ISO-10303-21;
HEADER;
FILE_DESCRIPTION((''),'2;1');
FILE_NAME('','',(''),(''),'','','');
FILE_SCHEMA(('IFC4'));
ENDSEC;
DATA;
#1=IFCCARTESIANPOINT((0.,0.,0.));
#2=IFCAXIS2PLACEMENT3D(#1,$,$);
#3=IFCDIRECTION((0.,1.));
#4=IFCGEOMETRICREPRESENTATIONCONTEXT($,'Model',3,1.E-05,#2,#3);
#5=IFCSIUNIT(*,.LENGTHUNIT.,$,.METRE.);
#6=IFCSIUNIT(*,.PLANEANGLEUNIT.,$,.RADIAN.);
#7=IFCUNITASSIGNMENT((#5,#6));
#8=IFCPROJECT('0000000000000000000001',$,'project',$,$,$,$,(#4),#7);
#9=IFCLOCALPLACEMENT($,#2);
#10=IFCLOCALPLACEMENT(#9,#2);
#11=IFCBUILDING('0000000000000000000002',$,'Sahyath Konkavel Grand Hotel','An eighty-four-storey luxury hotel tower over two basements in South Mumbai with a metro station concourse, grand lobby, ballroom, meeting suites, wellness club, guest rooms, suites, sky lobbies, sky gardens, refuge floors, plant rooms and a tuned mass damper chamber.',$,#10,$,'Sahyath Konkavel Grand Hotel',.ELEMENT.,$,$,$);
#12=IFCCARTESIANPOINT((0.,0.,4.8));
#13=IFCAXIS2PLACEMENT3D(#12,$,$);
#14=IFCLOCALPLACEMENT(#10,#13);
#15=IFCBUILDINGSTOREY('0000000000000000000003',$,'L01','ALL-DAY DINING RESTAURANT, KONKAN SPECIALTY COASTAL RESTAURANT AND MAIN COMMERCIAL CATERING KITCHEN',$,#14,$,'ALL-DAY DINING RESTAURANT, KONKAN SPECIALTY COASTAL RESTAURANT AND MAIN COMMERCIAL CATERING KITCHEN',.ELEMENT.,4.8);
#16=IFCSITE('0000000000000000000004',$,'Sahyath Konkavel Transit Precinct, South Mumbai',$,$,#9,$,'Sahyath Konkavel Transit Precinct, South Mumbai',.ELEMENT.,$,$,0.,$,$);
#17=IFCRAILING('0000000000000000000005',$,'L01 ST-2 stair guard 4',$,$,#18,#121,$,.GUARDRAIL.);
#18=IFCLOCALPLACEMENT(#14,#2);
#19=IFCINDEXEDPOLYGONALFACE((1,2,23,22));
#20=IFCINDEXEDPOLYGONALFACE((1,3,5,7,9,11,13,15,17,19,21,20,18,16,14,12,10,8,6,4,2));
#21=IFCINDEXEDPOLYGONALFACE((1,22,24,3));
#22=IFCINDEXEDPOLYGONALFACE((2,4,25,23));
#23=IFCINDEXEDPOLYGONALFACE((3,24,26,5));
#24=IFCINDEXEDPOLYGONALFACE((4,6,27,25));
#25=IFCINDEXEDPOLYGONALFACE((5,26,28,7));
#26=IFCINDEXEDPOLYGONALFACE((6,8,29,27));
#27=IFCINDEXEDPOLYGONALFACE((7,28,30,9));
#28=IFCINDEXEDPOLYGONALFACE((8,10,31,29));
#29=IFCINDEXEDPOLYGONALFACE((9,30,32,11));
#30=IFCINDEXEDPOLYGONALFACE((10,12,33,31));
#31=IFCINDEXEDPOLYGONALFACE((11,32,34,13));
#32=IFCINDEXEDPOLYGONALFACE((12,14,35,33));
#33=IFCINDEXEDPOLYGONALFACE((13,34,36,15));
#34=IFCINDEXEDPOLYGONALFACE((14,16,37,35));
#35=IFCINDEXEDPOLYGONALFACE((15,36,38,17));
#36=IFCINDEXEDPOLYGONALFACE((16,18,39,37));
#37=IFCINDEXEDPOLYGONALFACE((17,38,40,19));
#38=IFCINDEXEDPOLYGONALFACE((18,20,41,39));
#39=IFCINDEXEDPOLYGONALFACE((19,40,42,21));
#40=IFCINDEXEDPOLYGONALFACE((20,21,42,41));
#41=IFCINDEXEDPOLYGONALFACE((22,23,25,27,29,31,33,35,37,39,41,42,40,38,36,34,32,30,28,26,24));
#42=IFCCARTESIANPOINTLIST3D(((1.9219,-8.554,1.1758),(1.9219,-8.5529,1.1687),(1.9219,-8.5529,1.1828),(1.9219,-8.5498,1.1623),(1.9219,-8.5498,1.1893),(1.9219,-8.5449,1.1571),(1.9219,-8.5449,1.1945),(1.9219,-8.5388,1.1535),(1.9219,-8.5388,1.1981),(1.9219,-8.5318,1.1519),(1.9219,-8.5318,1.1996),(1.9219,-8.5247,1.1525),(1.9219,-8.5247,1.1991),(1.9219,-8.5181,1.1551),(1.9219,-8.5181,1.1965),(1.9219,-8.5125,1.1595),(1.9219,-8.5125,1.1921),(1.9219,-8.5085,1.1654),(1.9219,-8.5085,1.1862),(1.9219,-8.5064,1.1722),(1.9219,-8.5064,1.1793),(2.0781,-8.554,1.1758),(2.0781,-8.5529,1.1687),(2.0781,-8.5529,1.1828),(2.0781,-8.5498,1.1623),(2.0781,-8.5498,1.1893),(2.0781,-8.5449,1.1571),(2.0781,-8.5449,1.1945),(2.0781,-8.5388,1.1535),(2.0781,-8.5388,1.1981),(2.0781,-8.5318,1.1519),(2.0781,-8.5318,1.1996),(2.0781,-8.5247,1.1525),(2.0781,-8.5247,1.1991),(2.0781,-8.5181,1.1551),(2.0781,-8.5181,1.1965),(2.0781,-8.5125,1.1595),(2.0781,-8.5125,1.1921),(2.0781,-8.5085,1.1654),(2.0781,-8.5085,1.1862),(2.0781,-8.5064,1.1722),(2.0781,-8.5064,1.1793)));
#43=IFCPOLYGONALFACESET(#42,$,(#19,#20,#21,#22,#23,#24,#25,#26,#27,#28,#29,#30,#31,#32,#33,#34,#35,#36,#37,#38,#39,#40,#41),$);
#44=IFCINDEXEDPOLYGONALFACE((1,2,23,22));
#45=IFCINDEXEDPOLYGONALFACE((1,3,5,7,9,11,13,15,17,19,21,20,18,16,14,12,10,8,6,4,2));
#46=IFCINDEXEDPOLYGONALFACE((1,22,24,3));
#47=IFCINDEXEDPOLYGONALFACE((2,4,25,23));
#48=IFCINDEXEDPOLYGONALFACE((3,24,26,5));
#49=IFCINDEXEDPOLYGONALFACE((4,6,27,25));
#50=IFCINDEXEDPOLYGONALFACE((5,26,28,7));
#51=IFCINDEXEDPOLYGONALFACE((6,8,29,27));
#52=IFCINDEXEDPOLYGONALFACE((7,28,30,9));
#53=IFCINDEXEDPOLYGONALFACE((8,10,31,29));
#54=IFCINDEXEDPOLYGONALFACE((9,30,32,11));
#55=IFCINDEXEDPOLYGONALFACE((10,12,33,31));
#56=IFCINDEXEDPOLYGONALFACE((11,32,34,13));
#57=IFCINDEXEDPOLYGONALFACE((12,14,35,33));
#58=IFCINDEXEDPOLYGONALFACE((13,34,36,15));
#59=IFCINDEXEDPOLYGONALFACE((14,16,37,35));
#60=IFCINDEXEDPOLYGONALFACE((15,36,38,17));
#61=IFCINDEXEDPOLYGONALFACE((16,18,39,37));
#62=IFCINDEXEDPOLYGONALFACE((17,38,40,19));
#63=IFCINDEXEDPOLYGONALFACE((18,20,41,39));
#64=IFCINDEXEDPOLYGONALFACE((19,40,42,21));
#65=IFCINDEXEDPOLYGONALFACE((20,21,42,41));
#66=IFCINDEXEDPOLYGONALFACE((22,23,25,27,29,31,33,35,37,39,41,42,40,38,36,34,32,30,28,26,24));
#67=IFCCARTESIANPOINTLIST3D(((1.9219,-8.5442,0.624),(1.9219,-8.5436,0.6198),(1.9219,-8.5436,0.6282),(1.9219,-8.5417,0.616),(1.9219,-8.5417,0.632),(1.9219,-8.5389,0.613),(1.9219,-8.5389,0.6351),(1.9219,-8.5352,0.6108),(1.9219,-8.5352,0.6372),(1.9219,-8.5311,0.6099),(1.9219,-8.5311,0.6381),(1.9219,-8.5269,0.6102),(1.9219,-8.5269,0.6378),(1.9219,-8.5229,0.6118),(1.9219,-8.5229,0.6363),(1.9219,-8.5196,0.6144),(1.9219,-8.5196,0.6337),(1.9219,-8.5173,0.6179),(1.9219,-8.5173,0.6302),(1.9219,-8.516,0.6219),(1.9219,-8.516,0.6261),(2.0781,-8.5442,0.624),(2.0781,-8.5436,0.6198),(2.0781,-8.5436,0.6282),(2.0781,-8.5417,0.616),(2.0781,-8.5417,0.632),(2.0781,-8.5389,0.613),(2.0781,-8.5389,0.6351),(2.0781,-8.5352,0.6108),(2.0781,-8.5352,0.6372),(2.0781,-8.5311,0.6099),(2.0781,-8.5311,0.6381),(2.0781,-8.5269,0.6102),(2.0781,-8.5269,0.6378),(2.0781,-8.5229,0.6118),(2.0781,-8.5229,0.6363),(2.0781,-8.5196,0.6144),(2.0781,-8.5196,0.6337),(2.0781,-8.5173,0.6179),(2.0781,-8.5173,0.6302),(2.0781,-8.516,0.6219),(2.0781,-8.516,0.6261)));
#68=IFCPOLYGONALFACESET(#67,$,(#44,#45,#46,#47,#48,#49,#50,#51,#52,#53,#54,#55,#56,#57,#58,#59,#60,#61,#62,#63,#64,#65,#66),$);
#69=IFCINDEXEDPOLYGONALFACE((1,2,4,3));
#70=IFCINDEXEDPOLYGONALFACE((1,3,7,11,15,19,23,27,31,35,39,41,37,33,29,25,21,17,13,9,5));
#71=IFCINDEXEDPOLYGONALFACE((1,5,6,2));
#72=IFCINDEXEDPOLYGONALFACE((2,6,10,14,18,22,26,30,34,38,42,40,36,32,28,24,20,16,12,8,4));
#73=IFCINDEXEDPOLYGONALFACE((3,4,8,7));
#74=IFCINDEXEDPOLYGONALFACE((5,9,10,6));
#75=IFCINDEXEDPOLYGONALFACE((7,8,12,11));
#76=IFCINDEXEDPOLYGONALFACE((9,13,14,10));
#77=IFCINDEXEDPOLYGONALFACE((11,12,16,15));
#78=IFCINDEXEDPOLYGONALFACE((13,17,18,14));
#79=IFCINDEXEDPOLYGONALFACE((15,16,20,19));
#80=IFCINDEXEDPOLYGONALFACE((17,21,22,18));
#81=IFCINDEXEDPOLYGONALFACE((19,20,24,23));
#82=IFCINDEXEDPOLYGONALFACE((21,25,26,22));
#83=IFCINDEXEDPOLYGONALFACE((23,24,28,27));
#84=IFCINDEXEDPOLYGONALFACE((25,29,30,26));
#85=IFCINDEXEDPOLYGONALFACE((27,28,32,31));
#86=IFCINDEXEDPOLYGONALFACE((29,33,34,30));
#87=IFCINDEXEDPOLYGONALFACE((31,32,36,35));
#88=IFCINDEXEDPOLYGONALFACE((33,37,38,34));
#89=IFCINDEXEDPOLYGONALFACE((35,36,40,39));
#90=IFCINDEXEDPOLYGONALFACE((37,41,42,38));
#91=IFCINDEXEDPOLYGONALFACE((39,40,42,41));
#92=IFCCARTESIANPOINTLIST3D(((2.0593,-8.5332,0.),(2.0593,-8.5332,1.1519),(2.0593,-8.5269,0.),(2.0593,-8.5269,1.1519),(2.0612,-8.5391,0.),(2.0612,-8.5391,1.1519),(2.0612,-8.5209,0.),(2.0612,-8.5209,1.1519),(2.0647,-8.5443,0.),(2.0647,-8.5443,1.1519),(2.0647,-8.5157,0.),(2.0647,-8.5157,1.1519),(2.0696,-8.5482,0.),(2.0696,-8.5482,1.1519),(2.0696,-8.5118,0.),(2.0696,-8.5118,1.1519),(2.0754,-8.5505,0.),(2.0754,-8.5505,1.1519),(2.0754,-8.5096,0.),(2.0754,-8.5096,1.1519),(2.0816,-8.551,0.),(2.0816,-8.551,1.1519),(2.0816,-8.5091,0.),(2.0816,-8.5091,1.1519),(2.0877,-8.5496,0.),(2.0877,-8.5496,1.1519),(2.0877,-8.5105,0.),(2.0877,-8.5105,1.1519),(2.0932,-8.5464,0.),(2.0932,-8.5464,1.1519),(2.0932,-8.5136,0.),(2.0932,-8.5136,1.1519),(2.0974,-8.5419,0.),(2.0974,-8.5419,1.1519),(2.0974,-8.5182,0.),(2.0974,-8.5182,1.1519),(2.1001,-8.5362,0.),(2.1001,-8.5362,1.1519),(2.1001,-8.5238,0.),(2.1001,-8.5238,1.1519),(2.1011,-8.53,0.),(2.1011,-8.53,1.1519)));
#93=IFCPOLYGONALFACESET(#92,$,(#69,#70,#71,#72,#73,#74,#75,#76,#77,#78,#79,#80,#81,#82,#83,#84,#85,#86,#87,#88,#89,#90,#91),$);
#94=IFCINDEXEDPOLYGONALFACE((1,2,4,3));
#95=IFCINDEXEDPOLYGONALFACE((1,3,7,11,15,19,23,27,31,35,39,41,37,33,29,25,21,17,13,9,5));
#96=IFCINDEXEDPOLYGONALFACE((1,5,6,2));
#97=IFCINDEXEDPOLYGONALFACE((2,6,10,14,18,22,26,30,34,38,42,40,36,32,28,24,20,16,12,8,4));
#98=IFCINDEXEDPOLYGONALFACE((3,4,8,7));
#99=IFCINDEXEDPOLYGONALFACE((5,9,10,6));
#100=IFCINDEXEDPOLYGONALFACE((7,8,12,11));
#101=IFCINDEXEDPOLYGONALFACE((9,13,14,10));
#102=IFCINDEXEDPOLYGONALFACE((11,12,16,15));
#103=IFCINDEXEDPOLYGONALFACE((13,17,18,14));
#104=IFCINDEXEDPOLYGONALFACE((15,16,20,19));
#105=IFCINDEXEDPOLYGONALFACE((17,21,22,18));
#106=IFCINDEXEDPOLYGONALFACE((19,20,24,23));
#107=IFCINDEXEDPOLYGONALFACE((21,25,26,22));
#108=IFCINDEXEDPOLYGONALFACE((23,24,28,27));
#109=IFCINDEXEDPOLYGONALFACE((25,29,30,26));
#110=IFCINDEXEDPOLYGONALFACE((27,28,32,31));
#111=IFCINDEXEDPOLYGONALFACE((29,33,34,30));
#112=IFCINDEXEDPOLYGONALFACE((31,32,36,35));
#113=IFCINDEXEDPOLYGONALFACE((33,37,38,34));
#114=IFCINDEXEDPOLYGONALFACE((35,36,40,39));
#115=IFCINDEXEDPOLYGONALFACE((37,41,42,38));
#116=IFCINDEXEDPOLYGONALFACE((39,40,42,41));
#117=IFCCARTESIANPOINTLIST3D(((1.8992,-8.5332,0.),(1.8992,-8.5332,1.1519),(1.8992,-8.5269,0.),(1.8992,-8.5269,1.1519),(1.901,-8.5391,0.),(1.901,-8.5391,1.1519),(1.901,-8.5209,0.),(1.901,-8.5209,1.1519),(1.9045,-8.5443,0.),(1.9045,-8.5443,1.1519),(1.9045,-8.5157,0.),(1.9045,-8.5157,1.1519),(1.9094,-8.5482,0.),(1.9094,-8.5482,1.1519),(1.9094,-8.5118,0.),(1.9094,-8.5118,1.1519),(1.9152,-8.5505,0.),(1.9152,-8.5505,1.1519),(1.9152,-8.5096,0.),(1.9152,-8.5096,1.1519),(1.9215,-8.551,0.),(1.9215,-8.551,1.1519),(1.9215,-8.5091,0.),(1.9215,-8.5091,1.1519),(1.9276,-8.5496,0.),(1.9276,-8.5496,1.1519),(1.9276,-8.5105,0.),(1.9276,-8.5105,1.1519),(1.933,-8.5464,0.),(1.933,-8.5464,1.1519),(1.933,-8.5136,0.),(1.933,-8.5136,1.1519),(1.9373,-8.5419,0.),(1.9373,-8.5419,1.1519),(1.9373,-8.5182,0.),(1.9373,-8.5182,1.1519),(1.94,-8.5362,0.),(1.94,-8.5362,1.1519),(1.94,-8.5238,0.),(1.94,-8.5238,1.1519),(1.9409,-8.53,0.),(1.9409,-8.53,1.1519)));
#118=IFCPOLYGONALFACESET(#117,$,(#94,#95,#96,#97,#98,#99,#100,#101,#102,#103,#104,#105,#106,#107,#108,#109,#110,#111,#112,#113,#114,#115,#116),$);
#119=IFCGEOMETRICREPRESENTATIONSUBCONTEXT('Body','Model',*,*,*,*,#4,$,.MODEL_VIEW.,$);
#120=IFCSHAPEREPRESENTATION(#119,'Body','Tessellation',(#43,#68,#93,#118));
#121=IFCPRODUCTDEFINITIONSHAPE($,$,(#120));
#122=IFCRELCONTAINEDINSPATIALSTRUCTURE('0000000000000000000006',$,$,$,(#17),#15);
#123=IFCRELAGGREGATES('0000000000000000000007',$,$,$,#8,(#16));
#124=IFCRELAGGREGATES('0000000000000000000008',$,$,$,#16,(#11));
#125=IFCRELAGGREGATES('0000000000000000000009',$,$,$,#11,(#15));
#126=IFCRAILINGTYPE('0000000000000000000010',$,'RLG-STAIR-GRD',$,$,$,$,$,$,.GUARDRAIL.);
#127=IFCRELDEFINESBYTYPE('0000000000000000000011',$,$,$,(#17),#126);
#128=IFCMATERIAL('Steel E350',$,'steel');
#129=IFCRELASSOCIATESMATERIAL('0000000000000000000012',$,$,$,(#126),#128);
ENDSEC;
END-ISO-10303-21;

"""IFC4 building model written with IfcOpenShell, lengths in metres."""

from ifc_helpers import new_model, si_unit, direction, frame, origin, origin_2d, place, context, subcontext, project, spatial, circle, extrude, material, type_object, element, save


model = new_model("IFC4")

# Units and contexts
model_context = context("Model", 3, precision=1e-05, world=origin(), true_north=direction((0.0, 1.0)))
body_context = subcontext(model_context, "Body", "Model", "MODEL_VIEW")
ifc_project = project(units=[si_unit("LENGTHUNIT", "METRE"), si_unit("PLANEANGLEUNIT", "RADIAN")], contexts=[model_context])

# Site, building, storey
site_placement = place(None, origin())
site = spatial("IfcSite", under=ifc_project, at=site_placement, Name="Sahyath Konkavel Transit Precinct, South Mumbai", LongName="Sahyath Konkavel Transit Precinct, South Mumbai", CompositionType="ELEMENT", RefElevation=0.0)
building_placement = place(site_placement, origin())
building = spatial("IfcBuilding", under=site, at=building_placement, Name="Sahyath Konkavel Grand Hotel", Description="An eighty-four-storey luxury hotel tower over two basements in South Mumbai with a metro station concourse, grand lobby, ballroom, meeting suites, wellness club, guest rooms, suites, sky lobbies, sky gardens, refuge floors, plant rooms and a tuned mass damper chamber.", LongName="Sahyath Konkavel Grand Hotel", CompositionType="ELEMENT")
storey_placement = place(building_placement, frame((0.0, 0.0, 4.8)))
storey = spatial("IfcBuildingStorey", under=building, at=storey_placement, Name="L01", Description="ALL-DAY DINING RESTAURANT, KONKAN SPECIALTY COASTAL RESTAURANT AND MAIN COMMERCIAL CATERING KITCHEN", LongName="ALL-DAY DINING RESTAURANT, KONKAN SPECIALTY COASTAL RESTAURANT AND MAIN COMMERCIAL CATERING KITCHEN", CompositionType="ELEMENT", Elevation=4.8)

# Shared definitions
ifc_material_1 = material(Name="Steel E350", Category="steel")

# Railing
railing_type = type_object("IfcRailingType", Name="RLG-STAIR-GRD", PredefinedType="GUARDRAIL", material=ifc_material_1)
railing_1_placement = place(storey_placement, frame((2.0801, -8.53, 0.0)))
element("IfcRailing", 1, at=railing_1_placement, inside=storey, type_object=railing_type, Name="L01 ST-2 stair guard 4", PredefinedType="GUARDRAIL", context=body_context, shape_type="SweptSolid", body=[
    extrude(circle(Radius=0.0239, at=origin_2d()), frame((-0.002, 0.0, 1.1758), z_axis=(-1.0, 0.0, 0.0), x_axis=(0.0, -1.0, 0.0)), (0.0, 0.0, 1.0), 0.1562),
    extrude(circle(Radius=0.0142, at=origin_2d()), frame((-0.002, 0.0, 0.624), z_axis=(-1.0, 0.0, 0.0), x_axis=(0.0, -1.0, 0.0)), (0.0, 0.0, 1.0), 0.1562),
    extrude(circle(Radius=0.021, at=origin_2d()), origin(), (0.0, 0.0, 1.0), 1.1519),
    extrude(circle(Radius=0.021, at=origin_2d()), frame((-0.1602, 0.0, 0.0)), (0.0, 0.0, 1.0), 1.1519),
])

save(model, "model.ifc")
